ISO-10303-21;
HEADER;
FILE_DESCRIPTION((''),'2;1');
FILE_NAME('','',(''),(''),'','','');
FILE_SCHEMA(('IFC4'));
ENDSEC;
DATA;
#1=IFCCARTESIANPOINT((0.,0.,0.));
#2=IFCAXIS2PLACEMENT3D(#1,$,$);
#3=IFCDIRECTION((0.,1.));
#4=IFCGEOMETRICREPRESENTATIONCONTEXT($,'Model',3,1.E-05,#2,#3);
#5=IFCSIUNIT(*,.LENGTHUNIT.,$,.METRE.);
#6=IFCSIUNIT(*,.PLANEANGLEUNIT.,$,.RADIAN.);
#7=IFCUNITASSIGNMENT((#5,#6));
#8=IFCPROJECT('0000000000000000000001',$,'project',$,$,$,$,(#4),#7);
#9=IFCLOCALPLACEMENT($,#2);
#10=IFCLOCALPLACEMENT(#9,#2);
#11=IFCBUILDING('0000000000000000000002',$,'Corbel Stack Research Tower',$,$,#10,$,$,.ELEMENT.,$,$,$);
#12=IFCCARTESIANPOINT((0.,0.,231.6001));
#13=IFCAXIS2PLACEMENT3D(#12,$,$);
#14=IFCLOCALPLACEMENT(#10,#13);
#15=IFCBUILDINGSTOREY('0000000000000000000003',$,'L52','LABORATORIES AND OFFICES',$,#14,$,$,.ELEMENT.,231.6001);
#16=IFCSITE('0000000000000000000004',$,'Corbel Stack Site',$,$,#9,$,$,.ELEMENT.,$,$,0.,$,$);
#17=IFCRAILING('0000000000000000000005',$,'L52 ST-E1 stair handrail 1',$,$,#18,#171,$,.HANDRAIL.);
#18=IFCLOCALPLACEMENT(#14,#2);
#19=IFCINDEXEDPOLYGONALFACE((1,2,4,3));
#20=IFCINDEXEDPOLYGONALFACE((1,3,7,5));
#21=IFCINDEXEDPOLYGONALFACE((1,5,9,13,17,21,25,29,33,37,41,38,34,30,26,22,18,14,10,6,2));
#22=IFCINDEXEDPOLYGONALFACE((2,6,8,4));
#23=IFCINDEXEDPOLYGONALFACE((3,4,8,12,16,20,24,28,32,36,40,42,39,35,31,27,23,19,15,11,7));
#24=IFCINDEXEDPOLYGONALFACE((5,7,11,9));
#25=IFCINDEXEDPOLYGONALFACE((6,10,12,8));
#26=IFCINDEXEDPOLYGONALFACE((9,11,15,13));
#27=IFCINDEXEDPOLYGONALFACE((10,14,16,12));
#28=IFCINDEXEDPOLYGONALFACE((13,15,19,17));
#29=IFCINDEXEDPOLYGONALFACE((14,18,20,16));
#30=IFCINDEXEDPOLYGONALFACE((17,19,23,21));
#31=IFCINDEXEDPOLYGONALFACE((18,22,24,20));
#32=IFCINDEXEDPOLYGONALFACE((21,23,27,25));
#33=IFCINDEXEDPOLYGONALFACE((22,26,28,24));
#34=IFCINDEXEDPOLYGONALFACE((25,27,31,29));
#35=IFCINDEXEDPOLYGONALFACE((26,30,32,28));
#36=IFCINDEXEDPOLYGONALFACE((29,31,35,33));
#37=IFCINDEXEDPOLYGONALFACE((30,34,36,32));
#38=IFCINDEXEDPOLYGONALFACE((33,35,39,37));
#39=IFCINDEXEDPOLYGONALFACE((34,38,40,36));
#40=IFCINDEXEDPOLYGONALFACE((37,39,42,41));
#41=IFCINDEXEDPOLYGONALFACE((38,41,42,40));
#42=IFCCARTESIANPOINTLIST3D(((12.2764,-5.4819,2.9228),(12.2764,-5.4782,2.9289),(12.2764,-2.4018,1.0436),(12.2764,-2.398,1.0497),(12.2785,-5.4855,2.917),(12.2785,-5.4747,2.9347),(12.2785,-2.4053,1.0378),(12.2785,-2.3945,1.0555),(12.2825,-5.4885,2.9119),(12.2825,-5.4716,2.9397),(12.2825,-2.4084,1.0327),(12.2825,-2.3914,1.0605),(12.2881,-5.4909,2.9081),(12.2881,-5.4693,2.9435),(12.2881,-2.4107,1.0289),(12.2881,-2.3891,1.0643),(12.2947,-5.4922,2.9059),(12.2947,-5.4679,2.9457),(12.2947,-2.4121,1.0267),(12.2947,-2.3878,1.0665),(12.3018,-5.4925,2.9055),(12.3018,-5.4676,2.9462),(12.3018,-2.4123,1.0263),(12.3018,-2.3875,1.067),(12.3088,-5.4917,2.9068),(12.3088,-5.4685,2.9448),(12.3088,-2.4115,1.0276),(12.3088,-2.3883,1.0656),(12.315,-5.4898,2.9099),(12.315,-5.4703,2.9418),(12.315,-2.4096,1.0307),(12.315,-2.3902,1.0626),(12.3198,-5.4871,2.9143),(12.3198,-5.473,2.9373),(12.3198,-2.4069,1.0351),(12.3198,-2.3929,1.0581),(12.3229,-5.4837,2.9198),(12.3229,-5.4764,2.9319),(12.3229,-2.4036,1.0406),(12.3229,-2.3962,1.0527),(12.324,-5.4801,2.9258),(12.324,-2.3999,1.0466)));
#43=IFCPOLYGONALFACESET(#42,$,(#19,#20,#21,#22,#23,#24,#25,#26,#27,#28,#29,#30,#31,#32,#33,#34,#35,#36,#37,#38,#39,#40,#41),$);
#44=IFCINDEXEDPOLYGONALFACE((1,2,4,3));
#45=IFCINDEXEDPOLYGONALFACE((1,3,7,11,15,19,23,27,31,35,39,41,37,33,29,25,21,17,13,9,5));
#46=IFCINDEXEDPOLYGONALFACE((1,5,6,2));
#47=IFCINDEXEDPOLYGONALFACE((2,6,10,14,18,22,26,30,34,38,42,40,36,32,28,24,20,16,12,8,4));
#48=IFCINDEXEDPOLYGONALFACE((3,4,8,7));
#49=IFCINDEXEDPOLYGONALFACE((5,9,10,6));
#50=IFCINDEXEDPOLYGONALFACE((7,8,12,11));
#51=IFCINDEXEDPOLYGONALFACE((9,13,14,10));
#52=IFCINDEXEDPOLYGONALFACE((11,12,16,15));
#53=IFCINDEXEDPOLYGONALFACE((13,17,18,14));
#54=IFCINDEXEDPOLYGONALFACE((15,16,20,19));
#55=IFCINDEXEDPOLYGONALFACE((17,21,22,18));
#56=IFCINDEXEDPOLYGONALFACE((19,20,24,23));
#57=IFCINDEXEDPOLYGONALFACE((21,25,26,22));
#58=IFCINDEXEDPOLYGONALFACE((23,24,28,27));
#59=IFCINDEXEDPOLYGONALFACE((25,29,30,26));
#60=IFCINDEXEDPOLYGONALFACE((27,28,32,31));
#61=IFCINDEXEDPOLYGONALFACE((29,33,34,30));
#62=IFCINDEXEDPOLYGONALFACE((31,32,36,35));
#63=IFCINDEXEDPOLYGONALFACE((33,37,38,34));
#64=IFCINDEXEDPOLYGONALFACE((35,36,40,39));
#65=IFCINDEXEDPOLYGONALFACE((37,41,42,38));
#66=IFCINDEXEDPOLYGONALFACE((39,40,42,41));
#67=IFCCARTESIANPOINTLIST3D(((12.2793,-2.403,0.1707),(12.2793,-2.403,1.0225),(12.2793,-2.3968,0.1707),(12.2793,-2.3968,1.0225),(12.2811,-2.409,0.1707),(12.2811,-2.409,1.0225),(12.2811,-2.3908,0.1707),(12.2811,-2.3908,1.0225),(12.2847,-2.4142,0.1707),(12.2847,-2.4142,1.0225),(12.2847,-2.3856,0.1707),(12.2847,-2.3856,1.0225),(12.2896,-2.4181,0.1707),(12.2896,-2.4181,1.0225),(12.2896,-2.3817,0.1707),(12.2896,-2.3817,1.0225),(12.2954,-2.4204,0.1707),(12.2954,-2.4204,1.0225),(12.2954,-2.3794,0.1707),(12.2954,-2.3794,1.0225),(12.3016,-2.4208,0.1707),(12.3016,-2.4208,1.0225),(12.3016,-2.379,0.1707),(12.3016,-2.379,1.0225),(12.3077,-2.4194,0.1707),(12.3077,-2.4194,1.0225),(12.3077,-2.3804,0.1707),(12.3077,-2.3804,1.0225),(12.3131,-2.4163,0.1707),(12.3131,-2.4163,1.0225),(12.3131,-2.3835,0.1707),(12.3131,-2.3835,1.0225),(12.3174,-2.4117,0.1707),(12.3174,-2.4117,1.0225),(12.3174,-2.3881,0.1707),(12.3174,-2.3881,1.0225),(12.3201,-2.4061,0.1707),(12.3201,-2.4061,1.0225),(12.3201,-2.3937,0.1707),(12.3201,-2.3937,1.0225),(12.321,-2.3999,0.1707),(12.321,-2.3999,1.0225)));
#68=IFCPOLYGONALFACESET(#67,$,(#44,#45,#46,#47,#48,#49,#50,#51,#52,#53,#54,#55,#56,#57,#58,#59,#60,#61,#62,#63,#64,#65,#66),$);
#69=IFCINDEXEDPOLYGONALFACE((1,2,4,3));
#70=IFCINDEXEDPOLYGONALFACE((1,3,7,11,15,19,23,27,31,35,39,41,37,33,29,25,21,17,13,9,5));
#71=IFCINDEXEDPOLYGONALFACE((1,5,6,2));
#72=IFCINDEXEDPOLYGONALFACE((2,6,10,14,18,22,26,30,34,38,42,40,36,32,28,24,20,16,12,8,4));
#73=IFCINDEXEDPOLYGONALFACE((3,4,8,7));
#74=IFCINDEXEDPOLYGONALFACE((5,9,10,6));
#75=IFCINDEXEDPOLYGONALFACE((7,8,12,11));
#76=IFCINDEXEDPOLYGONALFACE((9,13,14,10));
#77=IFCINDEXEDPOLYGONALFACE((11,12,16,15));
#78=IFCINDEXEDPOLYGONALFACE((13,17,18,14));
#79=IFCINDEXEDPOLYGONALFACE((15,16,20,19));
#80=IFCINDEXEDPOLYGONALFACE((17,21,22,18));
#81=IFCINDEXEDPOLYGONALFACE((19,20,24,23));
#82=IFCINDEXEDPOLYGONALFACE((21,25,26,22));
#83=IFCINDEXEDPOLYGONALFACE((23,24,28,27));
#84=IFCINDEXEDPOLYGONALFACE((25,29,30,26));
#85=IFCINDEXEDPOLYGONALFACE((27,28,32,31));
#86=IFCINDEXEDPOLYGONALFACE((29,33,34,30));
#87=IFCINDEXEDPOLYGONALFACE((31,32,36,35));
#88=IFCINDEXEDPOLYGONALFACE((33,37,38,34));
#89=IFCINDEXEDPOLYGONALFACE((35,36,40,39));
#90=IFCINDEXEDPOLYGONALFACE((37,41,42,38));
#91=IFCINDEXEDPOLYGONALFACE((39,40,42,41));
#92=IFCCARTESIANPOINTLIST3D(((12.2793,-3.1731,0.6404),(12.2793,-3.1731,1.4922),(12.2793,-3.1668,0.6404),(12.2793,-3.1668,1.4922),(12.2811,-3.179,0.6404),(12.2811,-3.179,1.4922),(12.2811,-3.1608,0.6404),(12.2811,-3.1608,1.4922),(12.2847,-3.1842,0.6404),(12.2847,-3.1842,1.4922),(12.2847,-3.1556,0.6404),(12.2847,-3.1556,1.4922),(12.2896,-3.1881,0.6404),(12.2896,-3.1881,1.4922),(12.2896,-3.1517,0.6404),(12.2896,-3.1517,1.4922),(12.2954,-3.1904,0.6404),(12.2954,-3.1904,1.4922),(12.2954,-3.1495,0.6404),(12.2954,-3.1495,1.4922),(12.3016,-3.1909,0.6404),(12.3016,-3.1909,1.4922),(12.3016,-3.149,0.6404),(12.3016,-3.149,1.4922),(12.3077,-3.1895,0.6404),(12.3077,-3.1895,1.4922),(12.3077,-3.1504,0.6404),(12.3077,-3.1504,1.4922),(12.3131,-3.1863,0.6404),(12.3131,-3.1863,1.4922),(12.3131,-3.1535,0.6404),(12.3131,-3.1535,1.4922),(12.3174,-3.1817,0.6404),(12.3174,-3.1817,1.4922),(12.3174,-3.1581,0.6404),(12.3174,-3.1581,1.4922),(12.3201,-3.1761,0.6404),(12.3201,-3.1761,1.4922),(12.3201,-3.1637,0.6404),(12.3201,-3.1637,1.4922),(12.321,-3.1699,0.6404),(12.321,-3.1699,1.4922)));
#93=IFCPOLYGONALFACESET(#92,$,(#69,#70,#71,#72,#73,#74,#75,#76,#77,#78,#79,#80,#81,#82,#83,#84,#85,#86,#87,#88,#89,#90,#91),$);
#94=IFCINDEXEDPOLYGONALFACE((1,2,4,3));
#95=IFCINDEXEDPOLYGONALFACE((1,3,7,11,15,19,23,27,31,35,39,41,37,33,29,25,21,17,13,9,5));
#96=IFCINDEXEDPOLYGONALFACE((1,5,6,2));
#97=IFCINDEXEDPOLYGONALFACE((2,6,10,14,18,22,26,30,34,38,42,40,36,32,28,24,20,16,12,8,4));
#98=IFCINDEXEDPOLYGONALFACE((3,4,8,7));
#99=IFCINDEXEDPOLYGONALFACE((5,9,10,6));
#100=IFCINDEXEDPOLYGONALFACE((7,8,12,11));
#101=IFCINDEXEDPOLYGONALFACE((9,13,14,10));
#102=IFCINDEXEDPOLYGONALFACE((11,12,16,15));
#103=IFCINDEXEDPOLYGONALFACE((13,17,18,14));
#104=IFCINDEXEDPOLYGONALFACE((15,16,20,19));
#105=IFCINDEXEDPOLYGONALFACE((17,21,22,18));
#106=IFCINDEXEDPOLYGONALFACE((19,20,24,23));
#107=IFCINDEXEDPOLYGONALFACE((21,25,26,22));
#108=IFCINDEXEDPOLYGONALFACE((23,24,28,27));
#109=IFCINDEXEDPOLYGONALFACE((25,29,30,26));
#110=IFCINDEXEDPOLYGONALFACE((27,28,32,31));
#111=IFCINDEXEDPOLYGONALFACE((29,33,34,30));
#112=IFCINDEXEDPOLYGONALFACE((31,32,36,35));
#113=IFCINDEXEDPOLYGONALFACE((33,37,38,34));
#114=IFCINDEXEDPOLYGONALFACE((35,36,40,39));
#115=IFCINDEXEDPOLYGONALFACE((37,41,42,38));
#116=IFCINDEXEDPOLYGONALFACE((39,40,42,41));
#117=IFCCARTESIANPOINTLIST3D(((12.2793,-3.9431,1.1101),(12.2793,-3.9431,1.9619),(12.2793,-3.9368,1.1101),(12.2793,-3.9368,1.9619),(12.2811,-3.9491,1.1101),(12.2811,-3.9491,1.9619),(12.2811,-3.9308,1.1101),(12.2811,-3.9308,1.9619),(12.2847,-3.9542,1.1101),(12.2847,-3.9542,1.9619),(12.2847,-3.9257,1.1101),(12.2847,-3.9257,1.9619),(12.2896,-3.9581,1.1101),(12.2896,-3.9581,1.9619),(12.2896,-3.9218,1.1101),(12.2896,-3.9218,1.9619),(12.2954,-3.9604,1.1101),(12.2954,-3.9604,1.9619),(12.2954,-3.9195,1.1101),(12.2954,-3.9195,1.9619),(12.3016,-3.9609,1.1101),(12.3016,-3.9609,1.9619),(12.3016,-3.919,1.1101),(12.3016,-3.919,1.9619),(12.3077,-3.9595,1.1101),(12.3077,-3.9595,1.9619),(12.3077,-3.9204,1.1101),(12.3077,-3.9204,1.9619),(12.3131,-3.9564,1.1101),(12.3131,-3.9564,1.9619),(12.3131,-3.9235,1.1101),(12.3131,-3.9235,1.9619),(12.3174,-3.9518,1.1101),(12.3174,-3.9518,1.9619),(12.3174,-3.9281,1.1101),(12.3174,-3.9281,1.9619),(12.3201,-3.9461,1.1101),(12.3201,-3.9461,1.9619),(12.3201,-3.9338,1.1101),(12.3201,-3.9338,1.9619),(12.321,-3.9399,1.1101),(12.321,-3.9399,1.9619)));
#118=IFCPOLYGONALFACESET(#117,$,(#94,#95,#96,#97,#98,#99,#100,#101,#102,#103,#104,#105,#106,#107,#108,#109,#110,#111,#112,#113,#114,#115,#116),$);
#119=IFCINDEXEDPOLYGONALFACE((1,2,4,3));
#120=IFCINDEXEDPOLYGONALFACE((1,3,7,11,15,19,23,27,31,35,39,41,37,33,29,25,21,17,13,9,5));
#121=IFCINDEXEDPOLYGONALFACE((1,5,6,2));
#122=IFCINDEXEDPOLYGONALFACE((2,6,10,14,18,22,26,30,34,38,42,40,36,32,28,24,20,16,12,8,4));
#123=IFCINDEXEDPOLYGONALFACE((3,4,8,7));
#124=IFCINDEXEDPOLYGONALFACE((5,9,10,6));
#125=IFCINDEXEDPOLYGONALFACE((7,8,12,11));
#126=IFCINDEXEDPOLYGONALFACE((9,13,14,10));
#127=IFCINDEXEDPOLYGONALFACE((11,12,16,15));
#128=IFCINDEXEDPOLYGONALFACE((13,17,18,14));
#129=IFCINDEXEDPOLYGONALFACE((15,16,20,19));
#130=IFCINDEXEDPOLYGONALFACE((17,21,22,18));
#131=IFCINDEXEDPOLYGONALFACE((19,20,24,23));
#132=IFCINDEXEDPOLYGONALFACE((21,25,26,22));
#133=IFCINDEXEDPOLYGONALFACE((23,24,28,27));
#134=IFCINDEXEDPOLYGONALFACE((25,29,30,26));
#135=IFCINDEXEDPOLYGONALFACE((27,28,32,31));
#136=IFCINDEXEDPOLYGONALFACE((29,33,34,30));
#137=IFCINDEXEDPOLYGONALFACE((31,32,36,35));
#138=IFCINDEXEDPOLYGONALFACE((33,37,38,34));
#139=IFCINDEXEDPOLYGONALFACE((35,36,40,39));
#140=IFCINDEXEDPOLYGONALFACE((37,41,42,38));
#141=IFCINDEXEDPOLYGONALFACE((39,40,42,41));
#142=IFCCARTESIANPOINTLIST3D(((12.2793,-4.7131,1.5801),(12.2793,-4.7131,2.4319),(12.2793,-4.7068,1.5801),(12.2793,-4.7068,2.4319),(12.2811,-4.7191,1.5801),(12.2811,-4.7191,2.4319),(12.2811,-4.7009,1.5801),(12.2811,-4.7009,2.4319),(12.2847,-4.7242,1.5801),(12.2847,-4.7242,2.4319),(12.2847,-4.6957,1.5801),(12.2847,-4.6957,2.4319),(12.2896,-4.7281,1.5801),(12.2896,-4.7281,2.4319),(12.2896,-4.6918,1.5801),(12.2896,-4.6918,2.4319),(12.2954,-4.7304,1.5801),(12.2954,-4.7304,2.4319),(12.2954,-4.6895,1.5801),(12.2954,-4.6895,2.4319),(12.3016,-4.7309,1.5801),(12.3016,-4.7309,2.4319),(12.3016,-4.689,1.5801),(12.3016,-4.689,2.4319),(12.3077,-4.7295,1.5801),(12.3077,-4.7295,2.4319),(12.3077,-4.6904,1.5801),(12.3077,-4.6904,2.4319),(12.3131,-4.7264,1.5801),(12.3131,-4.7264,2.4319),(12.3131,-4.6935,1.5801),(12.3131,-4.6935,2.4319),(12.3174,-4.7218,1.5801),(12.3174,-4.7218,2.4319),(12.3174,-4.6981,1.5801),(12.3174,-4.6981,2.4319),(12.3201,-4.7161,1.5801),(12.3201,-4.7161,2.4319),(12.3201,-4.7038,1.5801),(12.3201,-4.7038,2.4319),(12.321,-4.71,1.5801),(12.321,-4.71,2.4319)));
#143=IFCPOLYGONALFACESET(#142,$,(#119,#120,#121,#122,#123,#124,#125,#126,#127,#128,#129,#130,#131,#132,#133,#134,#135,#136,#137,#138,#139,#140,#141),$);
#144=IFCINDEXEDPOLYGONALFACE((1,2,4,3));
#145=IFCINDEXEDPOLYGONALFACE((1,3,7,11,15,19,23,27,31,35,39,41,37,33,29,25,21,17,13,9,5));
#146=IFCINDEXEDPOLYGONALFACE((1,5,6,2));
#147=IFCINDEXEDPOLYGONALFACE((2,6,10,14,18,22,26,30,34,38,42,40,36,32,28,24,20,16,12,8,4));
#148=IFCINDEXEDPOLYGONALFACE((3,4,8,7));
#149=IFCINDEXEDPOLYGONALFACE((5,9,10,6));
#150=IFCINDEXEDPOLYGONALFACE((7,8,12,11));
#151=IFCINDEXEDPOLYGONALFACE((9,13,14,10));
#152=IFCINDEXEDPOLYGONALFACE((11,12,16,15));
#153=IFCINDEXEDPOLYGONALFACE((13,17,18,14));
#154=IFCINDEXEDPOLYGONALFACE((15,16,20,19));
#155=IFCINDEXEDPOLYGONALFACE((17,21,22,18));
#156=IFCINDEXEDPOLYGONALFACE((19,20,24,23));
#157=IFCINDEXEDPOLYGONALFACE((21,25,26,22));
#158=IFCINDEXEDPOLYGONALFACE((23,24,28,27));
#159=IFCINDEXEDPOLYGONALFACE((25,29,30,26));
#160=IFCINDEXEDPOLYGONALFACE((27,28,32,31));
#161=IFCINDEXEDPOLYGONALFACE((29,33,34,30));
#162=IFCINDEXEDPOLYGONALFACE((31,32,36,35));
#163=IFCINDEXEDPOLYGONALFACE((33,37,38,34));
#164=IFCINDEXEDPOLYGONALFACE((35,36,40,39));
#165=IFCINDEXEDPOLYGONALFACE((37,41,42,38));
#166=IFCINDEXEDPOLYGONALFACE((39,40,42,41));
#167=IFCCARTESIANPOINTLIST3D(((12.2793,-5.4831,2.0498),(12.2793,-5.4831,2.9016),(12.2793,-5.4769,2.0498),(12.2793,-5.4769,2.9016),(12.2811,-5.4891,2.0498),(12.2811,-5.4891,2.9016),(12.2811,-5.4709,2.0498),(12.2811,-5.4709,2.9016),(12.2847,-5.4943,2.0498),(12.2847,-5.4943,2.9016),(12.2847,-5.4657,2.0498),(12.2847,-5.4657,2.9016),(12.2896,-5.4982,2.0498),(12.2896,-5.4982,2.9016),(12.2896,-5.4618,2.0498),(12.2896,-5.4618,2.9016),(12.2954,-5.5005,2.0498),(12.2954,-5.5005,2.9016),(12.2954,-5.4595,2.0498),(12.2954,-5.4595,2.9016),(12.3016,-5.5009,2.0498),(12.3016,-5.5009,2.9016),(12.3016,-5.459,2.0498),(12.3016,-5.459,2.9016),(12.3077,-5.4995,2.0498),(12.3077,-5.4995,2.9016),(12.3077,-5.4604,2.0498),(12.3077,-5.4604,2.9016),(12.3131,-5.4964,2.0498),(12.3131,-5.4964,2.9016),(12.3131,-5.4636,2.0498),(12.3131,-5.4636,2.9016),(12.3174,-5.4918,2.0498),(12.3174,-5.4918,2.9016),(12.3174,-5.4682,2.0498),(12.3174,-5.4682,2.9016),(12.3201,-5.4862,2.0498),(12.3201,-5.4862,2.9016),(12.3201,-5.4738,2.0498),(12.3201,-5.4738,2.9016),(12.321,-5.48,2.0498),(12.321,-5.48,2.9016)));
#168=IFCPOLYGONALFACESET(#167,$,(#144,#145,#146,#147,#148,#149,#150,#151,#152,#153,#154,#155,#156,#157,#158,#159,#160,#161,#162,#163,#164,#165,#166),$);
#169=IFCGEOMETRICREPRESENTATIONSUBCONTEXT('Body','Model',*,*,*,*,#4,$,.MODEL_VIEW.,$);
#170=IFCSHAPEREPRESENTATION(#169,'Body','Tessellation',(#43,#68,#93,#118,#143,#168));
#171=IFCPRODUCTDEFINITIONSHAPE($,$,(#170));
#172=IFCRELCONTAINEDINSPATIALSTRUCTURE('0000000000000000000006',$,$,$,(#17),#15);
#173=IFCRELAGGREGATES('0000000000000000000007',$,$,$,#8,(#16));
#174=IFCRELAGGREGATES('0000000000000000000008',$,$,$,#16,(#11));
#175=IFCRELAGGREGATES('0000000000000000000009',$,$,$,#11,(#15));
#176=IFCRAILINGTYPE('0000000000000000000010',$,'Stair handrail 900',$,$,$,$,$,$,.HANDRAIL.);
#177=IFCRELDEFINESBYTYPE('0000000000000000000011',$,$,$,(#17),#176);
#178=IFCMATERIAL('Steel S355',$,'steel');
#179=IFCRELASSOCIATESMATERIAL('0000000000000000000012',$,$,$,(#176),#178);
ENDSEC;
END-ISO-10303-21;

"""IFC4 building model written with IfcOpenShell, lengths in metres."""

from ifc_helpers import new_model, si_unit, direction, frame, origin, origin_2d, place, context, subcontext, project, spatial, circle, extrude, material, type_object, element, save


model = new_model("IFC4")

# Units and contexts
model_context = context("Model", 3, precision=1e-05, world=origin(), true_north=direction((0.0, 1.0)))
body_context = subcontext(model_context, "Body", "Model", "MODEL_VIEW")
ifc_project = project(units=[si_unit("LENGTHUNIT", "METRE"), si_unit("PLANEANGLEUNIT", "RADIAN")], contexts=[model_context])

# Site, building, storey
site_placement = place(None, origin())
site = spatial("IfcSite", under=ifc_project, at=site_placement, Name="Corbel Stack Site", CompositionType="ELEMENT", RefElevation=0.0)
building_placement = place(site_placement, origin())
building = spatial("IfcBuilding", under=site, at=building_placement, Name="Corbel Stack Research Tower", CompositionType="ELEMENT")
storey_placement = place(building_placement, frame((0.0, 0.0, 231.6001)))
storey = spatial("IfcBuildingStorey", under=building, at=storey_placement, Name="L52", Description="LABORATORIES AND OFFICES", CompositionType="ELEMENT", Elevation=231.6001)

# Railing
ifc_material_1 = material(Name="Steel S355", Category="steel")
railing_type_1 = type_object("IfcRailingType", Name="Stair handrail 900", PredefinedType="HANDRAIL", material=ifc_material_1)
railing_1_placement = place(storey_placement, frame((12.3, -2.3999, 0.1707)))
element("IfcRailing", 1, at=railing_1_placement, inside=storey, type_object=railing_type_1, Name="L52 ST-E1 stair handrail 1", PredefinedType="HANDRAIL", context=body_context, shape_type="SweptSolid", body=[
    extrude(circle(Radius=0.0239, at=origin_2d()), frame((0.0, 0.0, 0.876), z_axis=(0.0, -0.853666, 0.52082), x_axis=(1.0, 0.0, 0.0)), (0.0, 0.0, 1.0), 3.6082),
    extrude(circle(Radius=0.021, at=origin_2d()), origin(), (0.0, 0.0, 1.0), 0.8518),
    extrude(circle(Radius=0.021, at=origin_2d()), frame((0.0, -0.77, 0.4697)), (0.0, 0.0, 1.0), 0.8518),
    extrude(circle(Radius=0.021, at=origin_2d()), frame((0.0, -1.54, 0.9395)), (0.0, 0.0, 1.0), 0.8518),
    extrude(circle(Radius=0.021, at=origin_2d()), frame((0.0, -2.3101, 1.4094)), (0.0, 0.0, 1.0), 0.8518),
    extrude(circle(Radius=0.021, at=origin_2d()), frame((0.0, -3.0801, 1.8792)), (0.0, 0.0, 1.0), 0.8518),
])

save(model, "model.ifc")
